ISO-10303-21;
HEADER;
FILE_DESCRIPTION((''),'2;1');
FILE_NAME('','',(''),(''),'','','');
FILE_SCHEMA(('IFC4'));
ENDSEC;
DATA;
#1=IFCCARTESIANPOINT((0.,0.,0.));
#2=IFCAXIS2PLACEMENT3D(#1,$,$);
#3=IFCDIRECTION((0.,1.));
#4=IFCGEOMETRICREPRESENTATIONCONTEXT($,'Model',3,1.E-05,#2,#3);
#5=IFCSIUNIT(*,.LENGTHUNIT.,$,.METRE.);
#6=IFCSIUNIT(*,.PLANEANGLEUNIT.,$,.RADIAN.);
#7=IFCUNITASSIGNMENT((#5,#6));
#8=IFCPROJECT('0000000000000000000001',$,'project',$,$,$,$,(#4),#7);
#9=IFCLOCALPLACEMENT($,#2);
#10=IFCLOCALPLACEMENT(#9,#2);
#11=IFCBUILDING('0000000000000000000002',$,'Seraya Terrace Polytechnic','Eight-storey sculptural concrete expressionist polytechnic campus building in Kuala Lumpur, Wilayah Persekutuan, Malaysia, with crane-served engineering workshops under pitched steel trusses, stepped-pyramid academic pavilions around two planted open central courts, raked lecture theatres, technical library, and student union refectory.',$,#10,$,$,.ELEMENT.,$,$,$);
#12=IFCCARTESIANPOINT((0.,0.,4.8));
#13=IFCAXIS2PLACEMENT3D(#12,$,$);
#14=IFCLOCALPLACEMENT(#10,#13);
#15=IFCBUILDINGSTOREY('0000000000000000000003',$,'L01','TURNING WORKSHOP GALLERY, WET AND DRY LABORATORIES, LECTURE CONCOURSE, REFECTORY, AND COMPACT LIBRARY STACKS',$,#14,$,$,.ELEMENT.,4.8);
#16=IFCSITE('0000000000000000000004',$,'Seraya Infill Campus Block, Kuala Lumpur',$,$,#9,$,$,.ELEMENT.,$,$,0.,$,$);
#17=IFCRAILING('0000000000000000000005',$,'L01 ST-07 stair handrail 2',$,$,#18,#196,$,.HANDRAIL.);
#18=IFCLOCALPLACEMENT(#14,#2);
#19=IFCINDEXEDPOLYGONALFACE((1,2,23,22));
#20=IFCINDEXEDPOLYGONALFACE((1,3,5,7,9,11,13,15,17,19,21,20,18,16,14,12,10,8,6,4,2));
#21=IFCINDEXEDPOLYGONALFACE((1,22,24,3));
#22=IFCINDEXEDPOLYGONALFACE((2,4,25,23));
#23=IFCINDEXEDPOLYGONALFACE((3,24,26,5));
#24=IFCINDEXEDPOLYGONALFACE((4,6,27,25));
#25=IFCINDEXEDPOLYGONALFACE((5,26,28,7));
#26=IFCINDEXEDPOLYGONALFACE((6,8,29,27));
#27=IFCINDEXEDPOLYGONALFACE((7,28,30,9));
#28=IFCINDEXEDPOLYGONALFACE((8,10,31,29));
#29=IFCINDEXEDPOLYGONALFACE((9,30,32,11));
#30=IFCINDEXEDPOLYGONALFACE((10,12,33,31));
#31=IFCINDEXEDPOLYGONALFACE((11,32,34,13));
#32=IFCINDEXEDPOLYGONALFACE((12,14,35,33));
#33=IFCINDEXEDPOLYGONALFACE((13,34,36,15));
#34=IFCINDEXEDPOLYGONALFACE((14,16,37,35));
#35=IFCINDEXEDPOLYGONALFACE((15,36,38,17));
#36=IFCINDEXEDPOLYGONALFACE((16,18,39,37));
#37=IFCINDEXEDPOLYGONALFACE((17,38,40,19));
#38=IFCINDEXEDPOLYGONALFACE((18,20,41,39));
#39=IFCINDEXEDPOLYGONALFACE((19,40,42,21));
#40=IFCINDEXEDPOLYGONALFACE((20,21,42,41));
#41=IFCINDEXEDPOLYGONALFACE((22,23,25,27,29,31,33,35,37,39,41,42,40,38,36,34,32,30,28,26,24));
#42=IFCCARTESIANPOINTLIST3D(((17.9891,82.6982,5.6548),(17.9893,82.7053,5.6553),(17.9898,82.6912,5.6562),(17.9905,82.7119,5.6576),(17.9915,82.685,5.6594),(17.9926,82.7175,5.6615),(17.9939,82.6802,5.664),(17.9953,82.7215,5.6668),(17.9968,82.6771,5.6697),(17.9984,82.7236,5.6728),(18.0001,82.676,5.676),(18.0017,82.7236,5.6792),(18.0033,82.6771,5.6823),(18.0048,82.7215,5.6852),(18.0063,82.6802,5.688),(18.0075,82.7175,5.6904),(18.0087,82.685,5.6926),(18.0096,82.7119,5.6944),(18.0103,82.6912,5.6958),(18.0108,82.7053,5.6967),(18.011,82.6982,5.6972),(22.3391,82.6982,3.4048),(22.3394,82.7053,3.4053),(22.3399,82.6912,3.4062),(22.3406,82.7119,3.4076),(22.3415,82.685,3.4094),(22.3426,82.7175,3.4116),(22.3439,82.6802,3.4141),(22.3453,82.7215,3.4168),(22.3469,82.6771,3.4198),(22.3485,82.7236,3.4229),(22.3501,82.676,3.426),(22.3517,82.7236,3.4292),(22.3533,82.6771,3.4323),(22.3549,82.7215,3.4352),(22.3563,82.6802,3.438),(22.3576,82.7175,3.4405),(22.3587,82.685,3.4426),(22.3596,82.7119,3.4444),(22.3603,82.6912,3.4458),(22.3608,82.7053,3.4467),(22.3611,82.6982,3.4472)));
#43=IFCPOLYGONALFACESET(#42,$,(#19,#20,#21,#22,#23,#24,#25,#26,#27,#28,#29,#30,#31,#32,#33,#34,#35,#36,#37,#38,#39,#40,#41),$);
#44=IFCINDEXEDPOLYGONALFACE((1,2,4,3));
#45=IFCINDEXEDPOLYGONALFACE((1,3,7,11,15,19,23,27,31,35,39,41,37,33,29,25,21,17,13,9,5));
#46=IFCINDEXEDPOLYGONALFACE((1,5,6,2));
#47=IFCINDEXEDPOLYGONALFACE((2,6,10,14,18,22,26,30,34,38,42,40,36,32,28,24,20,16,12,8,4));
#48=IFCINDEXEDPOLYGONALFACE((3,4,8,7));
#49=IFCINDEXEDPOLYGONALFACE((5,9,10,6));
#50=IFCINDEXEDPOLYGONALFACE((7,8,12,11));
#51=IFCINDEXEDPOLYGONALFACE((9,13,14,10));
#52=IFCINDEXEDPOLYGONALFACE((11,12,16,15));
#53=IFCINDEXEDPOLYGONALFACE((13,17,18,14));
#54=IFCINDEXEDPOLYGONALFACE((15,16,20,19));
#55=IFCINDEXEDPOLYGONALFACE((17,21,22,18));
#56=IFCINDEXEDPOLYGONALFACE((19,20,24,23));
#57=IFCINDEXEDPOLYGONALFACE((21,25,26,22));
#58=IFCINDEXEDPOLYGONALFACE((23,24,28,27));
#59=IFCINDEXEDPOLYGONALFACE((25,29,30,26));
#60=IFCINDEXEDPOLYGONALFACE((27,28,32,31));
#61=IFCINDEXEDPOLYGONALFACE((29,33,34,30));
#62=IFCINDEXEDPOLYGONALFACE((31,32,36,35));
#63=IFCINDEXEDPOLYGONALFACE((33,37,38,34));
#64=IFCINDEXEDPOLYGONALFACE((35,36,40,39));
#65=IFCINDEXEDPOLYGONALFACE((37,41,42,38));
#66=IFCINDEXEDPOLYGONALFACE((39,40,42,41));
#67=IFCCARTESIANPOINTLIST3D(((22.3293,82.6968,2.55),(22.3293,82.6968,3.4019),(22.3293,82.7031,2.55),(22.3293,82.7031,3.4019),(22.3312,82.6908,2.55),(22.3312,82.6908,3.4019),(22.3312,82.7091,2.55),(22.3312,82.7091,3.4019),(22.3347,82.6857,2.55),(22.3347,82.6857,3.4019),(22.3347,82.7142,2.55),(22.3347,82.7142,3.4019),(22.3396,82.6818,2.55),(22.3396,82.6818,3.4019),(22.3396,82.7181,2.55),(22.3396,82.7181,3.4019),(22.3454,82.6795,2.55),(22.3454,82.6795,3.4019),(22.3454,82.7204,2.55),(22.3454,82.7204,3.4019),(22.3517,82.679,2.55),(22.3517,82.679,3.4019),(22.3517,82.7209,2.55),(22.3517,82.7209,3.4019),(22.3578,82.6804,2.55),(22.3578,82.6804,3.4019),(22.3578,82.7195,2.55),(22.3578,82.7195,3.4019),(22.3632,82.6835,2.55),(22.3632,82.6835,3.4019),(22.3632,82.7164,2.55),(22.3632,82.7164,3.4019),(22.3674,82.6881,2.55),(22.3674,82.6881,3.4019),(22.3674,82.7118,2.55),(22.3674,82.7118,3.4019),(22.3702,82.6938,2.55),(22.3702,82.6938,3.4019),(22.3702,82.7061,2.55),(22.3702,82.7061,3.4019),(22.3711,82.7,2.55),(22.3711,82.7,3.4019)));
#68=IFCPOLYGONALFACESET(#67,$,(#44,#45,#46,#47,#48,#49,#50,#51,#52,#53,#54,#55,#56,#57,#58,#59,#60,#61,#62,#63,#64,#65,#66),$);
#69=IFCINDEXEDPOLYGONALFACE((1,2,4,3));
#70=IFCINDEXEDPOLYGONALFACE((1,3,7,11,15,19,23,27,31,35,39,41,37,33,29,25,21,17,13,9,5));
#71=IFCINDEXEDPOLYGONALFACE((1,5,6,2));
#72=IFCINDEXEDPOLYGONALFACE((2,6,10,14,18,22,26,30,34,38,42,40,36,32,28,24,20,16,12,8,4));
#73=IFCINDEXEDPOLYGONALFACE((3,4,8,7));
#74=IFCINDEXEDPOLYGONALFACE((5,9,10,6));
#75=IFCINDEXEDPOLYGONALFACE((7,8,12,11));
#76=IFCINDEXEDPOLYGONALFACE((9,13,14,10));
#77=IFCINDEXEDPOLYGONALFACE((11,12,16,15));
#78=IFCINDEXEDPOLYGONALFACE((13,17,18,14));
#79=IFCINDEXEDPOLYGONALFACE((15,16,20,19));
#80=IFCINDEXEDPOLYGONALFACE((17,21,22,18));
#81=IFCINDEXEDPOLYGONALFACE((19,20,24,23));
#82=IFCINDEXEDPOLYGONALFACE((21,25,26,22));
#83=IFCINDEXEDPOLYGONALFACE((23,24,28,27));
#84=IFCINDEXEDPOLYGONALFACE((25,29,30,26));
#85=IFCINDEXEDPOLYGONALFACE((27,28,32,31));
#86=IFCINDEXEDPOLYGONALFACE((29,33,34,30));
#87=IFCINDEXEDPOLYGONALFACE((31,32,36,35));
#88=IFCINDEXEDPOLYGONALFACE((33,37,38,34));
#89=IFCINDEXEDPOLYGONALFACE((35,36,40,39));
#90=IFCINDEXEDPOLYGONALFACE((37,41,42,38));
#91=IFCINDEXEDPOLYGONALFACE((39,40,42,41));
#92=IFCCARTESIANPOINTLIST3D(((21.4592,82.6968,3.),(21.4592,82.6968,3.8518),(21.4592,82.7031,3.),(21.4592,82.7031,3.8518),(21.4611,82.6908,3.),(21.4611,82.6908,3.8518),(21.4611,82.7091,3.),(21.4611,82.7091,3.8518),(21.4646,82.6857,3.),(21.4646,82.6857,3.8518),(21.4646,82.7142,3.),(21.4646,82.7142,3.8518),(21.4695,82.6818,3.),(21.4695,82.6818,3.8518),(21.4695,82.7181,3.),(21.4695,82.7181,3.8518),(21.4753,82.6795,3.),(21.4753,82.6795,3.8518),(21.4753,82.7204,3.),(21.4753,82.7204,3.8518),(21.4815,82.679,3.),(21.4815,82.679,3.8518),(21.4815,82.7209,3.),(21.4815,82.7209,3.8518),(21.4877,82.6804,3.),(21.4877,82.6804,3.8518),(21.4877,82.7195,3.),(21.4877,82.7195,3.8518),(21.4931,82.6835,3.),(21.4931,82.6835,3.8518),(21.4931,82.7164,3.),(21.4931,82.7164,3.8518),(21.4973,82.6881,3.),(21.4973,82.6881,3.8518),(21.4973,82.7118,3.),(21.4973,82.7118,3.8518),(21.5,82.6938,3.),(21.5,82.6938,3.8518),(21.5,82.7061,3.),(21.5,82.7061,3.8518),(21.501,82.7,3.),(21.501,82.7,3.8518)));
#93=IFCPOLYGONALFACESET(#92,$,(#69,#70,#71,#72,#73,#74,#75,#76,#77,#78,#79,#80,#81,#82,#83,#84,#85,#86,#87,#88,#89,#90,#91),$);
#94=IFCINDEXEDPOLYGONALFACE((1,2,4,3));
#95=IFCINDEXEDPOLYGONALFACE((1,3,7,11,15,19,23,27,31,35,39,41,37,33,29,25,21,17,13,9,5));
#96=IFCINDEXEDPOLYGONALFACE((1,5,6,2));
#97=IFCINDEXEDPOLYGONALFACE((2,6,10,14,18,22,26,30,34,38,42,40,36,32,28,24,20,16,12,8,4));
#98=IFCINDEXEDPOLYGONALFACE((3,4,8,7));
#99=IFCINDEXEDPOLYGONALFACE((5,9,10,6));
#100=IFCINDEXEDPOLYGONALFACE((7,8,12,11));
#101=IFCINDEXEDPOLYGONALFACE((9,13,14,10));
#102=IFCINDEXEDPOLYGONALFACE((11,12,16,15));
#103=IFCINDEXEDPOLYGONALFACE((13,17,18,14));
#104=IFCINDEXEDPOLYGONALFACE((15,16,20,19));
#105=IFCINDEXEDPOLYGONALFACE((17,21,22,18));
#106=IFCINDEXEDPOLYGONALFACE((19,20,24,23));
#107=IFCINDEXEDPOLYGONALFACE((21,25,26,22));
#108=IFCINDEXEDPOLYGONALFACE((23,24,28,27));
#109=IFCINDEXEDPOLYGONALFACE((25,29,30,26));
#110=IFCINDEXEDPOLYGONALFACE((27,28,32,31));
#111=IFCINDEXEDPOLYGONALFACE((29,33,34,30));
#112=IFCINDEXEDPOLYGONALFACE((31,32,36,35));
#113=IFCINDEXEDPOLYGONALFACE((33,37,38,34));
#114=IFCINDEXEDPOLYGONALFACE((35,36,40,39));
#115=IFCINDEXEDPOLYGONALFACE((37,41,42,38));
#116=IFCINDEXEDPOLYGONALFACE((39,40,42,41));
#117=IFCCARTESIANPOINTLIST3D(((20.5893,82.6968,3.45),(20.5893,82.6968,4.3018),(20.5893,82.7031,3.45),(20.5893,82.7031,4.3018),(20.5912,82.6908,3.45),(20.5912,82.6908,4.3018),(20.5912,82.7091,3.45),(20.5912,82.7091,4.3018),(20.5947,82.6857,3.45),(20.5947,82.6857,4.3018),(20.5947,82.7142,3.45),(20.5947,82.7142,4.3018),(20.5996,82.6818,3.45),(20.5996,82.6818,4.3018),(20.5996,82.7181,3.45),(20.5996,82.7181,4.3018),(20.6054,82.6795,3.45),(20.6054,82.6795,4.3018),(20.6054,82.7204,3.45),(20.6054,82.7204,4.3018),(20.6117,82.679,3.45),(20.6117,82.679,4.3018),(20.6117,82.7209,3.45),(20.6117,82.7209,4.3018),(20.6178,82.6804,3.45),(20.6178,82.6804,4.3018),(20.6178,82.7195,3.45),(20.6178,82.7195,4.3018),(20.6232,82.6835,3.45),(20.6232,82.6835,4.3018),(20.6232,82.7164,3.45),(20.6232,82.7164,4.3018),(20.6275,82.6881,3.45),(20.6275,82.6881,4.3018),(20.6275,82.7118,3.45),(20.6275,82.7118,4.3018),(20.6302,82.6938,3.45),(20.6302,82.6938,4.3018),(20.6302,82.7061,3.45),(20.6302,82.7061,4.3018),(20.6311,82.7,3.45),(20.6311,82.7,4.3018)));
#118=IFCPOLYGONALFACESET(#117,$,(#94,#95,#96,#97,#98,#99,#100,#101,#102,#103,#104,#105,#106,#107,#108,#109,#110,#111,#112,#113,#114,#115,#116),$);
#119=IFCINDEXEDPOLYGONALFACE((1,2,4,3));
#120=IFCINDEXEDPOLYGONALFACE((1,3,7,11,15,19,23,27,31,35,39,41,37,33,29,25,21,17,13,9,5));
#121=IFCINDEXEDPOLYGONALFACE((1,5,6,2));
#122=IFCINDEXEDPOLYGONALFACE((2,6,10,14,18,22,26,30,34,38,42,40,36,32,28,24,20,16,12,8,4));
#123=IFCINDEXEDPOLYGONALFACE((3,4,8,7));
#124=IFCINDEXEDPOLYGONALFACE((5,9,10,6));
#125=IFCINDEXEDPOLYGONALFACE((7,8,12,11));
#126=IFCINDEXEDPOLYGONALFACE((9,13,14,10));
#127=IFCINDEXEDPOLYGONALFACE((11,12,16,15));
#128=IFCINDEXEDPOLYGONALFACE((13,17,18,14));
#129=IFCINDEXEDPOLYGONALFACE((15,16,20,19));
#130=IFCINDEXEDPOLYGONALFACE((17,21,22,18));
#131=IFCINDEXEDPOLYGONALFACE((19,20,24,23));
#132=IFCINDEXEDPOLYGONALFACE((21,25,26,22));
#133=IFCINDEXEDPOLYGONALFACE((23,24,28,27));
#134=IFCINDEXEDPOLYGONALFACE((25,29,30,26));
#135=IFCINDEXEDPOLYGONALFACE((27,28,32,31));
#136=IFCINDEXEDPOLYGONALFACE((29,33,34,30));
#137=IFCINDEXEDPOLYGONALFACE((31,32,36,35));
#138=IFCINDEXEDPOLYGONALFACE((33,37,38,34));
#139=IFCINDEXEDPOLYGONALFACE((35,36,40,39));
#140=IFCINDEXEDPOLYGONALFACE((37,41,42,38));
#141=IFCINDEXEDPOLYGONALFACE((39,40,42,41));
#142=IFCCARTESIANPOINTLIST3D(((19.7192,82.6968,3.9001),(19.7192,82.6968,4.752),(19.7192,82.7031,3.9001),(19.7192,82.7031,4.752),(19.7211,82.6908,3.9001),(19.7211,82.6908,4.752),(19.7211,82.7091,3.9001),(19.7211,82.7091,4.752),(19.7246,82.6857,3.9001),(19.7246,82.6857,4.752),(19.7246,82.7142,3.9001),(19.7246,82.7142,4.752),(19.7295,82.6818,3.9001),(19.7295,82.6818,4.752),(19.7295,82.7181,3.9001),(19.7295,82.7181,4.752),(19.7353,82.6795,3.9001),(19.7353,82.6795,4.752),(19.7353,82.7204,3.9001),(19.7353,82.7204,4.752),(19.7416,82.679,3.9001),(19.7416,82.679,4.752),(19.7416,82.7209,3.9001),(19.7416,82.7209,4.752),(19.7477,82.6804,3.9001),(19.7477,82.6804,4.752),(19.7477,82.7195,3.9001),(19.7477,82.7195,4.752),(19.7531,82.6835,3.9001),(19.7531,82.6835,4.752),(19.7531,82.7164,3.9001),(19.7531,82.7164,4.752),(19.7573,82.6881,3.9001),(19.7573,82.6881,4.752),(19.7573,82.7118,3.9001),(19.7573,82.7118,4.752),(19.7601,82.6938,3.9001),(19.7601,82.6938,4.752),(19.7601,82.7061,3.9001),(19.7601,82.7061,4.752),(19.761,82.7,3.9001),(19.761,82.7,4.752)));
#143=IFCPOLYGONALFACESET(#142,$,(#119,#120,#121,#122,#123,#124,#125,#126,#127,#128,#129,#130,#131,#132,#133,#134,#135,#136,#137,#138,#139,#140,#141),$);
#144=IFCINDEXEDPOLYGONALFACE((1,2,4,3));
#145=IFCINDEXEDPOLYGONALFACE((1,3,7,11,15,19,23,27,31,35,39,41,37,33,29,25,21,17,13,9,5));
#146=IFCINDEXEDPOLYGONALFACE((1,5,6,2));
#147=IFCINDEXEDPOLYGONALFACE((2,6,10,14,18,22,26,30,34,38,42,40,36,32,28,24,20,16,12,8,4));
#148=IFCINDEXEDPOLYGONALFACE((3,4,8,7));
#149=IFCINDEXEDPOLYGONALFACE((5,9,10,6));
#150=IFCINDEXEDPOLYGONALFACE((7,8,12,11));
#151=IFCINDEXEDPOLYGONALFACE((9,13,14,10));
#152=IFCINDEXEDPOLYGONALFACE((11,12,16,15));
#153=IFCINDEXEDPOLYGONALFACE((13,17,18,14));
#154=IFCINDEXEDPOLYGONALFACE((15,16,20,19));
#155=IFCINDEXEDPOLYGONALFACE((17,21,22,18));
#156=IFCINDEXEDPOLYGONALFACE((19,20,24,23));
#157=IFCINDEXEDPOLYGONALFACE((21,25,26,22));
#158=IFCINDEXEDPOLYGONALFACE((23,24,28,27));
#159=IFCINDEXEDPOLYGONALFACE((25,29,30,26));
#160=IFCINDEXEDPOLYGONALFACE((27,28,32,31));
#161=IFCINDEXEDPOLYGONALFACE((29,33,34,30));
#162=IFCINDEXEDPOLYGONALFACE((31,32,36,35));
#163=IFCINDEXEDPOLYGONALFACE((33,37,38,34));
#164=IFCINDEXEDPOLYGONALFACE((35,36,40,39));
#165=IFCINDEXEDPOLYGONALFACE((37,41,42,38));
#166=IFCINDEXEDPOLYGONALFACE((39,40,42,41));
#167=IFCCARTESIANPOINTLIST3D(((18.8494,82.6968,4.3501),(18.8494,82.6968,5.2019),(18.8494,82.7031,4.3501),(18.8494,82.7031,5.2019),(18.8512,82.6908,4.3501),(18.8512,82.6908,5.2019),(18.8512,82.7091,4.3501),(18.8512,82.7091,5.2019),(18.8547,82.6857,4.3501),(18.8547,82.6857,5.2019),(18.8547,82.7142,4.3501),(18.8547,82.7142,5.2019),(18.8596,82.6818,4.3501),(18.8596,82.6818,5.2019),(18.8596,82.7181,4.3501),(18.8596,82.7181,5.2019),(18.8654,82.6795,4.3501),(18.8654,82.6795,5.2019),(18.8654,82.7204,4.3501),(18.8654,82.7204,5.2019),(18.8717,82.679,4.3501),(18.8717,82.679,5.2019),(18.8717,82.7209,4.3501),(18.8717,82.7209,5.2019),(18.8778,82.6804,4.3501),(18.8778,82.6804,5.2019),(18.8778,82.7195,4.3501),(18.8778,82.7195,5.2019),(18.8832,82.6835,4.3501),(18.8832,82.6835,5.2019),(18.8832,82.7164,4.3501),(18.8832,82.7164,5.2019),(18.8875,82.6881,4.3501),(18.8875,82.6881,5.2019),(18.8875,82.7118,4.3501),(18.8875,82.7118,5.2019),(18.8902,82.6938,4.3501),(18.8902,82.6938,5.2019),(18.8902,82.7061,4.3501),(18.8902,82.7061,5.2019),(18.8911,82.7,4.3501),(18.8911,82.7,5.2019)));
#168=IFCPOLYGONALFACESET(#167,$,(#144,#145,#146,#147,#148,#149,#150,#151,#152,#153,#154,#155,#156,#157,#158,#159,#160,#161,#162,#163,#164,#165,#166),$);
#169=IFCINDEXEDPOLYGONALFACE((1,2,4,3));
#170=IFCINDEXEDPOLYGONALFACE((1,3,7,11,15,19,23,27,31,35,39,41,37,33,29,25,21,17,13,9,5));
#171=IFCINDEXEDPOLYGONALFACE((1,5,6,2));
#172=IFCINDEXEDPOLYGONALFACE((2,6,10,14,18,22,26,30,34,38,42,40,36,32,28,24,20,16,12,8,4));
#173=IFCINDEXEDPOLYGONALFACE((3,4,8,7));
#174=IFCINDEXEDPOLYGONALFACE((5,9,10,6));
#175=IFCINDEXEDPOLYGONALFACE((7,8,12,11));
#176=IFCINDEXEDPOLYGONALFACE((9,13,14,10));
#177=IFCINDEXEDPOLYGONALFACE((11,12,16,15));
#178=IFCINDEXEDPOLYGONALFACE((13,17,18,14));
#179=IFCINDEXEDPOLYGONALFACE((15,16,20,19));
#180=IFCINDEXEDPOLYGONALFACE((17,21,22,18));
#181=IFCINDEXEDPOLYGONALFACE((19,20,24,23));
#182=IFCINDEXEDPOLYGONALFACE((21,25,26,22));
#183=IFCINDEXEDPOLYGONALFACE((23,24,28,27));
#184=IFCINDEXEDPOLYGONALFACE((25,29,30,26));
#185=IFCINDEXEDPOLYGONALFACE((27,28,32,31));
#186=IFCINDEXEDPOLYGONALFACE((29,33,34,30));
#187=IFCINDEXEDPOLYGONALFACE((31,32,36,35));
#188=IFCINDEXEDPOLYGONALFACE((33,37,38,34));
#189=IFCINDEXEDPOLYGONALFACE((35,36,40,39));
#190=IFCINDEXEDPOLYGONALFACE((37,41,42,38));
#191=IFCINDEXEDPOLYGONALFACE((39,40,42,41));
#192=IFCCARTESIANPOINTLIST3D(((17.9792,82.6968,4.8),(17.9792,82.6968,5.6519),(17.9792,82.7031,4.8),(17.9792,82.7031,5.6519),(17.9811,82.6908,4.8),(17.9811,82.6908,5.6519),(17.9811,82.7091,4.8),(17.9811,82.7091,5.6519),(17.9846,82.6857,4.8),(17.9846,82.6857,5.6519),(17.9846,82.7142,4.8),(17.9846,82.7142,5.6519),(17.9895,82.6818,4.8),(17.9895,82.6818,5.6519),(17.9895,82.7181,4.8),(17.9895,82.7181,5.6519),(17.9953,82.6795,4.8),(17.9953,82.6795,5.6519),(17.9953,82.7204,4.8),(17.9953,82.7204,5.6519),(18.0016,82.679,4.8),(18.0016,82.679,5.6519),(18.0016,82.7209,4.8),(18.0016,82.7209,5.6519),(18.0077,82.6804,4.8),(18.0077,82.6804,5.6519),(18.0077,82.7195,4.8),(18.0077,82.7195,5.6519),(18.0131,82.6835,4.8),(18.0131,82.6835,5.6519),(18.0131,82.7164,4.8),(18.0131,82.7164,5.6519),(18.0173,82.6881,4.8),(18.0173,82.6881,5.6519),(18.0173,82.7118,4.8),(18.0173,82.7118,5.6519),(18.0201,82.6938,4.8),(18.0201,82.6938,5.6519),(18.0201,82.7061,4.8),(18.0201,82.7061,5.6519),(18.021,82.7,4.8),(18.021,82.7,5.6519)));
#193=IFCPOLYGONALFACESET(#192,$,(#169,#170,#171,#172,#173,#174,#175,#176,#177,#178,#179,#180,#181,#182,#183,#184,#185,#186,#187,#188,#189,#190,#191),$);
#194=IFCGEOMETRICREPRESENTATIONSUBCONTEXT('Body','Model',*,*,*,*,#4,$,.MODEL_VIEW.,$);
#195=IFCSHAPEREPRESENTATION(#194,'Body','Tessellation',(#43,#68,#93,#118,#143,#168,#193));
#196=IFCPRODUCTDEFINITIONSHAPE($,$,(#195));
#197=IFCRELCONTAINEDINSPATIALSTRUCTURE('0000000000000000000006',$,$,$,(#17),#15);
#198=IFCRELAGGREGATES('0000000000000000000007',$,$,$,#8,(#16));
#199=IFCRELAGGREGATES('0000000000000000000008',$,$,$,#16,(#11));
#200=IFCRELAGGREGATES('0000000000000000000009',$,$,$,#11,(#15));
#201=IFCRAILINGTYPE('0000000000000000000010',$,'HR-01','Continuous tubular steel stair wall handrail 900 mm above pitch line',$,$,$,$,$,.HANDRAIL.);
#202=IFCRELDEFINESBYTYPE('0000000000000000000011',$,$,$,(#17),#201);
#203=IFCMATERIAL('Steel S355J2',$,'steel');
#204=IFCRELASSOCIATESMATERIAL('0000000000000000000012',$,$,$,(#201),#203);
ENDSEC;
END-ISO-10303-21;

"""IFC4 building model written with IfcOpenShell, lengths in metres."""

from ifc_helpers import new_model, si_unit, direction, frame, origin, origin_2d, place, context, subcontext, project, spatial, circle, extrude, material, type_object, element, save


model = new_model("IFC4")

# Units and contexts
model_context = context("Model", 3, precision=1e-05, world=origin(), true_north=direction((0.0, 1.0)))
body_context = subcontext(model_context, "Body", "Model", "MODEL_VIEW")
ifc_project = project(units=[si_unit("LENGTHUNIT", "METRE"), si_unit("PLANEANGLEUNIT", "RADIAN")], contexts=[model_context])

# Site, building, storey
site_placement = place(None, origin())
site = spatial("IfcSite", under=ifc_project, at=site_placement, Name="Seraya Infill Campus Block, Kuala Lumpur", CompositionType="ELEMENT", RefElevation=0.0)
building_placement = place(site_placement, origin())
building = spatial("IfcBuilding", under=site, at=building_placement, Name="Seraya Terrace Polytechnic", Description="Eight-storey sculptural concrete expressionist polytechnic campus building in Kuala Lumpur, Wilayah Persekutuan, Malaysia, with crane-served engineering workshops under pitched steel trusses, stepped-pyramid academic pavilions around two planted open central courts, raked lecture theatres, technical library, and student union refectory.", CompositionType="ELEMENT")
storey_placement = place(building_placement, frame((0.0, 0.0, 4.8)))
storey = spatial("IfcBuildingStorey", under=building, at=storey_placement, Name="L01", Description="TURNING WORKSHOP GALLERY, WET AND DRY LABORATORIES, LECTURE CONCOURSE, REFECTORY, AND COMPACT LIBRARY STACKS", CompositionType="ELEMENT", Elevation=4.8)

# Shared definitions
ifc_material_1 = material(Name="Steel S355J2", Category="steel")

# Railing
railing_type_1 = type_object("IfcRailingType", Name="HR-01", Description="Continuous tubular steel stair wall handrail 900 mm above pitch line", PredefinedType="HANDRAIL", material=ifc_material_1)
railing_1_placement = place(storey_placement, frame((22.3501, 82.7, 2.55)))
element("IfcRailing", 1, at=railing_1_placement, inside=storey, type_object=railing_type_1, Name="L01 ST-07 stair handrail 2", PredefinedType="HANDRAIL", context=body_context, shape_type="SweptSolid", body=[
    extrude(circle(Radius=0.0239, at=origin_2d()), frame((0.0, 0.0, 0.876), z_axis=(-0.888222, 0.0, 0.459415), x_axis=(0.0, -1.0, 0.0)), (0.0, 0.0, 1.0), 4.8975),
    extrude(circle(Radius=0.021, at=origin_2d()), origin(), (0.0, 0.0, 1.0), 0.8518),
    extrude(circle(Radius=0.021, at=origin_2d()), frame((-0.8701, 0.0, 0.45)), (0.0, 0.0, 1.0), 0.8518),
    extrude(circle(Radius=0.021, at=origin_2d()), frame((-1.74, 0.0, 0.8999)), (0.0, 0.0, 1.0), 0.8518),
    extrude(circle(Radius=0.021, at=origin_2d()), frame((-2.6101, 0.0, 1.3501)), (0.0, 0.0, 1.0), 0.8518),
    extrude(circle(Radius=0.021, at=origin_2d()), frame((-3.48, 0.0, 1.8)), (0.0, 0.0, 1.0), 0.8518),
    extrude(circle(Radius=0.021, at=origin_2d()), frame((-4.3501, 0.0, 2.25)), (0.0, 0.0, 1.0), 0.8518),
])

save(model, "model.ifc")
